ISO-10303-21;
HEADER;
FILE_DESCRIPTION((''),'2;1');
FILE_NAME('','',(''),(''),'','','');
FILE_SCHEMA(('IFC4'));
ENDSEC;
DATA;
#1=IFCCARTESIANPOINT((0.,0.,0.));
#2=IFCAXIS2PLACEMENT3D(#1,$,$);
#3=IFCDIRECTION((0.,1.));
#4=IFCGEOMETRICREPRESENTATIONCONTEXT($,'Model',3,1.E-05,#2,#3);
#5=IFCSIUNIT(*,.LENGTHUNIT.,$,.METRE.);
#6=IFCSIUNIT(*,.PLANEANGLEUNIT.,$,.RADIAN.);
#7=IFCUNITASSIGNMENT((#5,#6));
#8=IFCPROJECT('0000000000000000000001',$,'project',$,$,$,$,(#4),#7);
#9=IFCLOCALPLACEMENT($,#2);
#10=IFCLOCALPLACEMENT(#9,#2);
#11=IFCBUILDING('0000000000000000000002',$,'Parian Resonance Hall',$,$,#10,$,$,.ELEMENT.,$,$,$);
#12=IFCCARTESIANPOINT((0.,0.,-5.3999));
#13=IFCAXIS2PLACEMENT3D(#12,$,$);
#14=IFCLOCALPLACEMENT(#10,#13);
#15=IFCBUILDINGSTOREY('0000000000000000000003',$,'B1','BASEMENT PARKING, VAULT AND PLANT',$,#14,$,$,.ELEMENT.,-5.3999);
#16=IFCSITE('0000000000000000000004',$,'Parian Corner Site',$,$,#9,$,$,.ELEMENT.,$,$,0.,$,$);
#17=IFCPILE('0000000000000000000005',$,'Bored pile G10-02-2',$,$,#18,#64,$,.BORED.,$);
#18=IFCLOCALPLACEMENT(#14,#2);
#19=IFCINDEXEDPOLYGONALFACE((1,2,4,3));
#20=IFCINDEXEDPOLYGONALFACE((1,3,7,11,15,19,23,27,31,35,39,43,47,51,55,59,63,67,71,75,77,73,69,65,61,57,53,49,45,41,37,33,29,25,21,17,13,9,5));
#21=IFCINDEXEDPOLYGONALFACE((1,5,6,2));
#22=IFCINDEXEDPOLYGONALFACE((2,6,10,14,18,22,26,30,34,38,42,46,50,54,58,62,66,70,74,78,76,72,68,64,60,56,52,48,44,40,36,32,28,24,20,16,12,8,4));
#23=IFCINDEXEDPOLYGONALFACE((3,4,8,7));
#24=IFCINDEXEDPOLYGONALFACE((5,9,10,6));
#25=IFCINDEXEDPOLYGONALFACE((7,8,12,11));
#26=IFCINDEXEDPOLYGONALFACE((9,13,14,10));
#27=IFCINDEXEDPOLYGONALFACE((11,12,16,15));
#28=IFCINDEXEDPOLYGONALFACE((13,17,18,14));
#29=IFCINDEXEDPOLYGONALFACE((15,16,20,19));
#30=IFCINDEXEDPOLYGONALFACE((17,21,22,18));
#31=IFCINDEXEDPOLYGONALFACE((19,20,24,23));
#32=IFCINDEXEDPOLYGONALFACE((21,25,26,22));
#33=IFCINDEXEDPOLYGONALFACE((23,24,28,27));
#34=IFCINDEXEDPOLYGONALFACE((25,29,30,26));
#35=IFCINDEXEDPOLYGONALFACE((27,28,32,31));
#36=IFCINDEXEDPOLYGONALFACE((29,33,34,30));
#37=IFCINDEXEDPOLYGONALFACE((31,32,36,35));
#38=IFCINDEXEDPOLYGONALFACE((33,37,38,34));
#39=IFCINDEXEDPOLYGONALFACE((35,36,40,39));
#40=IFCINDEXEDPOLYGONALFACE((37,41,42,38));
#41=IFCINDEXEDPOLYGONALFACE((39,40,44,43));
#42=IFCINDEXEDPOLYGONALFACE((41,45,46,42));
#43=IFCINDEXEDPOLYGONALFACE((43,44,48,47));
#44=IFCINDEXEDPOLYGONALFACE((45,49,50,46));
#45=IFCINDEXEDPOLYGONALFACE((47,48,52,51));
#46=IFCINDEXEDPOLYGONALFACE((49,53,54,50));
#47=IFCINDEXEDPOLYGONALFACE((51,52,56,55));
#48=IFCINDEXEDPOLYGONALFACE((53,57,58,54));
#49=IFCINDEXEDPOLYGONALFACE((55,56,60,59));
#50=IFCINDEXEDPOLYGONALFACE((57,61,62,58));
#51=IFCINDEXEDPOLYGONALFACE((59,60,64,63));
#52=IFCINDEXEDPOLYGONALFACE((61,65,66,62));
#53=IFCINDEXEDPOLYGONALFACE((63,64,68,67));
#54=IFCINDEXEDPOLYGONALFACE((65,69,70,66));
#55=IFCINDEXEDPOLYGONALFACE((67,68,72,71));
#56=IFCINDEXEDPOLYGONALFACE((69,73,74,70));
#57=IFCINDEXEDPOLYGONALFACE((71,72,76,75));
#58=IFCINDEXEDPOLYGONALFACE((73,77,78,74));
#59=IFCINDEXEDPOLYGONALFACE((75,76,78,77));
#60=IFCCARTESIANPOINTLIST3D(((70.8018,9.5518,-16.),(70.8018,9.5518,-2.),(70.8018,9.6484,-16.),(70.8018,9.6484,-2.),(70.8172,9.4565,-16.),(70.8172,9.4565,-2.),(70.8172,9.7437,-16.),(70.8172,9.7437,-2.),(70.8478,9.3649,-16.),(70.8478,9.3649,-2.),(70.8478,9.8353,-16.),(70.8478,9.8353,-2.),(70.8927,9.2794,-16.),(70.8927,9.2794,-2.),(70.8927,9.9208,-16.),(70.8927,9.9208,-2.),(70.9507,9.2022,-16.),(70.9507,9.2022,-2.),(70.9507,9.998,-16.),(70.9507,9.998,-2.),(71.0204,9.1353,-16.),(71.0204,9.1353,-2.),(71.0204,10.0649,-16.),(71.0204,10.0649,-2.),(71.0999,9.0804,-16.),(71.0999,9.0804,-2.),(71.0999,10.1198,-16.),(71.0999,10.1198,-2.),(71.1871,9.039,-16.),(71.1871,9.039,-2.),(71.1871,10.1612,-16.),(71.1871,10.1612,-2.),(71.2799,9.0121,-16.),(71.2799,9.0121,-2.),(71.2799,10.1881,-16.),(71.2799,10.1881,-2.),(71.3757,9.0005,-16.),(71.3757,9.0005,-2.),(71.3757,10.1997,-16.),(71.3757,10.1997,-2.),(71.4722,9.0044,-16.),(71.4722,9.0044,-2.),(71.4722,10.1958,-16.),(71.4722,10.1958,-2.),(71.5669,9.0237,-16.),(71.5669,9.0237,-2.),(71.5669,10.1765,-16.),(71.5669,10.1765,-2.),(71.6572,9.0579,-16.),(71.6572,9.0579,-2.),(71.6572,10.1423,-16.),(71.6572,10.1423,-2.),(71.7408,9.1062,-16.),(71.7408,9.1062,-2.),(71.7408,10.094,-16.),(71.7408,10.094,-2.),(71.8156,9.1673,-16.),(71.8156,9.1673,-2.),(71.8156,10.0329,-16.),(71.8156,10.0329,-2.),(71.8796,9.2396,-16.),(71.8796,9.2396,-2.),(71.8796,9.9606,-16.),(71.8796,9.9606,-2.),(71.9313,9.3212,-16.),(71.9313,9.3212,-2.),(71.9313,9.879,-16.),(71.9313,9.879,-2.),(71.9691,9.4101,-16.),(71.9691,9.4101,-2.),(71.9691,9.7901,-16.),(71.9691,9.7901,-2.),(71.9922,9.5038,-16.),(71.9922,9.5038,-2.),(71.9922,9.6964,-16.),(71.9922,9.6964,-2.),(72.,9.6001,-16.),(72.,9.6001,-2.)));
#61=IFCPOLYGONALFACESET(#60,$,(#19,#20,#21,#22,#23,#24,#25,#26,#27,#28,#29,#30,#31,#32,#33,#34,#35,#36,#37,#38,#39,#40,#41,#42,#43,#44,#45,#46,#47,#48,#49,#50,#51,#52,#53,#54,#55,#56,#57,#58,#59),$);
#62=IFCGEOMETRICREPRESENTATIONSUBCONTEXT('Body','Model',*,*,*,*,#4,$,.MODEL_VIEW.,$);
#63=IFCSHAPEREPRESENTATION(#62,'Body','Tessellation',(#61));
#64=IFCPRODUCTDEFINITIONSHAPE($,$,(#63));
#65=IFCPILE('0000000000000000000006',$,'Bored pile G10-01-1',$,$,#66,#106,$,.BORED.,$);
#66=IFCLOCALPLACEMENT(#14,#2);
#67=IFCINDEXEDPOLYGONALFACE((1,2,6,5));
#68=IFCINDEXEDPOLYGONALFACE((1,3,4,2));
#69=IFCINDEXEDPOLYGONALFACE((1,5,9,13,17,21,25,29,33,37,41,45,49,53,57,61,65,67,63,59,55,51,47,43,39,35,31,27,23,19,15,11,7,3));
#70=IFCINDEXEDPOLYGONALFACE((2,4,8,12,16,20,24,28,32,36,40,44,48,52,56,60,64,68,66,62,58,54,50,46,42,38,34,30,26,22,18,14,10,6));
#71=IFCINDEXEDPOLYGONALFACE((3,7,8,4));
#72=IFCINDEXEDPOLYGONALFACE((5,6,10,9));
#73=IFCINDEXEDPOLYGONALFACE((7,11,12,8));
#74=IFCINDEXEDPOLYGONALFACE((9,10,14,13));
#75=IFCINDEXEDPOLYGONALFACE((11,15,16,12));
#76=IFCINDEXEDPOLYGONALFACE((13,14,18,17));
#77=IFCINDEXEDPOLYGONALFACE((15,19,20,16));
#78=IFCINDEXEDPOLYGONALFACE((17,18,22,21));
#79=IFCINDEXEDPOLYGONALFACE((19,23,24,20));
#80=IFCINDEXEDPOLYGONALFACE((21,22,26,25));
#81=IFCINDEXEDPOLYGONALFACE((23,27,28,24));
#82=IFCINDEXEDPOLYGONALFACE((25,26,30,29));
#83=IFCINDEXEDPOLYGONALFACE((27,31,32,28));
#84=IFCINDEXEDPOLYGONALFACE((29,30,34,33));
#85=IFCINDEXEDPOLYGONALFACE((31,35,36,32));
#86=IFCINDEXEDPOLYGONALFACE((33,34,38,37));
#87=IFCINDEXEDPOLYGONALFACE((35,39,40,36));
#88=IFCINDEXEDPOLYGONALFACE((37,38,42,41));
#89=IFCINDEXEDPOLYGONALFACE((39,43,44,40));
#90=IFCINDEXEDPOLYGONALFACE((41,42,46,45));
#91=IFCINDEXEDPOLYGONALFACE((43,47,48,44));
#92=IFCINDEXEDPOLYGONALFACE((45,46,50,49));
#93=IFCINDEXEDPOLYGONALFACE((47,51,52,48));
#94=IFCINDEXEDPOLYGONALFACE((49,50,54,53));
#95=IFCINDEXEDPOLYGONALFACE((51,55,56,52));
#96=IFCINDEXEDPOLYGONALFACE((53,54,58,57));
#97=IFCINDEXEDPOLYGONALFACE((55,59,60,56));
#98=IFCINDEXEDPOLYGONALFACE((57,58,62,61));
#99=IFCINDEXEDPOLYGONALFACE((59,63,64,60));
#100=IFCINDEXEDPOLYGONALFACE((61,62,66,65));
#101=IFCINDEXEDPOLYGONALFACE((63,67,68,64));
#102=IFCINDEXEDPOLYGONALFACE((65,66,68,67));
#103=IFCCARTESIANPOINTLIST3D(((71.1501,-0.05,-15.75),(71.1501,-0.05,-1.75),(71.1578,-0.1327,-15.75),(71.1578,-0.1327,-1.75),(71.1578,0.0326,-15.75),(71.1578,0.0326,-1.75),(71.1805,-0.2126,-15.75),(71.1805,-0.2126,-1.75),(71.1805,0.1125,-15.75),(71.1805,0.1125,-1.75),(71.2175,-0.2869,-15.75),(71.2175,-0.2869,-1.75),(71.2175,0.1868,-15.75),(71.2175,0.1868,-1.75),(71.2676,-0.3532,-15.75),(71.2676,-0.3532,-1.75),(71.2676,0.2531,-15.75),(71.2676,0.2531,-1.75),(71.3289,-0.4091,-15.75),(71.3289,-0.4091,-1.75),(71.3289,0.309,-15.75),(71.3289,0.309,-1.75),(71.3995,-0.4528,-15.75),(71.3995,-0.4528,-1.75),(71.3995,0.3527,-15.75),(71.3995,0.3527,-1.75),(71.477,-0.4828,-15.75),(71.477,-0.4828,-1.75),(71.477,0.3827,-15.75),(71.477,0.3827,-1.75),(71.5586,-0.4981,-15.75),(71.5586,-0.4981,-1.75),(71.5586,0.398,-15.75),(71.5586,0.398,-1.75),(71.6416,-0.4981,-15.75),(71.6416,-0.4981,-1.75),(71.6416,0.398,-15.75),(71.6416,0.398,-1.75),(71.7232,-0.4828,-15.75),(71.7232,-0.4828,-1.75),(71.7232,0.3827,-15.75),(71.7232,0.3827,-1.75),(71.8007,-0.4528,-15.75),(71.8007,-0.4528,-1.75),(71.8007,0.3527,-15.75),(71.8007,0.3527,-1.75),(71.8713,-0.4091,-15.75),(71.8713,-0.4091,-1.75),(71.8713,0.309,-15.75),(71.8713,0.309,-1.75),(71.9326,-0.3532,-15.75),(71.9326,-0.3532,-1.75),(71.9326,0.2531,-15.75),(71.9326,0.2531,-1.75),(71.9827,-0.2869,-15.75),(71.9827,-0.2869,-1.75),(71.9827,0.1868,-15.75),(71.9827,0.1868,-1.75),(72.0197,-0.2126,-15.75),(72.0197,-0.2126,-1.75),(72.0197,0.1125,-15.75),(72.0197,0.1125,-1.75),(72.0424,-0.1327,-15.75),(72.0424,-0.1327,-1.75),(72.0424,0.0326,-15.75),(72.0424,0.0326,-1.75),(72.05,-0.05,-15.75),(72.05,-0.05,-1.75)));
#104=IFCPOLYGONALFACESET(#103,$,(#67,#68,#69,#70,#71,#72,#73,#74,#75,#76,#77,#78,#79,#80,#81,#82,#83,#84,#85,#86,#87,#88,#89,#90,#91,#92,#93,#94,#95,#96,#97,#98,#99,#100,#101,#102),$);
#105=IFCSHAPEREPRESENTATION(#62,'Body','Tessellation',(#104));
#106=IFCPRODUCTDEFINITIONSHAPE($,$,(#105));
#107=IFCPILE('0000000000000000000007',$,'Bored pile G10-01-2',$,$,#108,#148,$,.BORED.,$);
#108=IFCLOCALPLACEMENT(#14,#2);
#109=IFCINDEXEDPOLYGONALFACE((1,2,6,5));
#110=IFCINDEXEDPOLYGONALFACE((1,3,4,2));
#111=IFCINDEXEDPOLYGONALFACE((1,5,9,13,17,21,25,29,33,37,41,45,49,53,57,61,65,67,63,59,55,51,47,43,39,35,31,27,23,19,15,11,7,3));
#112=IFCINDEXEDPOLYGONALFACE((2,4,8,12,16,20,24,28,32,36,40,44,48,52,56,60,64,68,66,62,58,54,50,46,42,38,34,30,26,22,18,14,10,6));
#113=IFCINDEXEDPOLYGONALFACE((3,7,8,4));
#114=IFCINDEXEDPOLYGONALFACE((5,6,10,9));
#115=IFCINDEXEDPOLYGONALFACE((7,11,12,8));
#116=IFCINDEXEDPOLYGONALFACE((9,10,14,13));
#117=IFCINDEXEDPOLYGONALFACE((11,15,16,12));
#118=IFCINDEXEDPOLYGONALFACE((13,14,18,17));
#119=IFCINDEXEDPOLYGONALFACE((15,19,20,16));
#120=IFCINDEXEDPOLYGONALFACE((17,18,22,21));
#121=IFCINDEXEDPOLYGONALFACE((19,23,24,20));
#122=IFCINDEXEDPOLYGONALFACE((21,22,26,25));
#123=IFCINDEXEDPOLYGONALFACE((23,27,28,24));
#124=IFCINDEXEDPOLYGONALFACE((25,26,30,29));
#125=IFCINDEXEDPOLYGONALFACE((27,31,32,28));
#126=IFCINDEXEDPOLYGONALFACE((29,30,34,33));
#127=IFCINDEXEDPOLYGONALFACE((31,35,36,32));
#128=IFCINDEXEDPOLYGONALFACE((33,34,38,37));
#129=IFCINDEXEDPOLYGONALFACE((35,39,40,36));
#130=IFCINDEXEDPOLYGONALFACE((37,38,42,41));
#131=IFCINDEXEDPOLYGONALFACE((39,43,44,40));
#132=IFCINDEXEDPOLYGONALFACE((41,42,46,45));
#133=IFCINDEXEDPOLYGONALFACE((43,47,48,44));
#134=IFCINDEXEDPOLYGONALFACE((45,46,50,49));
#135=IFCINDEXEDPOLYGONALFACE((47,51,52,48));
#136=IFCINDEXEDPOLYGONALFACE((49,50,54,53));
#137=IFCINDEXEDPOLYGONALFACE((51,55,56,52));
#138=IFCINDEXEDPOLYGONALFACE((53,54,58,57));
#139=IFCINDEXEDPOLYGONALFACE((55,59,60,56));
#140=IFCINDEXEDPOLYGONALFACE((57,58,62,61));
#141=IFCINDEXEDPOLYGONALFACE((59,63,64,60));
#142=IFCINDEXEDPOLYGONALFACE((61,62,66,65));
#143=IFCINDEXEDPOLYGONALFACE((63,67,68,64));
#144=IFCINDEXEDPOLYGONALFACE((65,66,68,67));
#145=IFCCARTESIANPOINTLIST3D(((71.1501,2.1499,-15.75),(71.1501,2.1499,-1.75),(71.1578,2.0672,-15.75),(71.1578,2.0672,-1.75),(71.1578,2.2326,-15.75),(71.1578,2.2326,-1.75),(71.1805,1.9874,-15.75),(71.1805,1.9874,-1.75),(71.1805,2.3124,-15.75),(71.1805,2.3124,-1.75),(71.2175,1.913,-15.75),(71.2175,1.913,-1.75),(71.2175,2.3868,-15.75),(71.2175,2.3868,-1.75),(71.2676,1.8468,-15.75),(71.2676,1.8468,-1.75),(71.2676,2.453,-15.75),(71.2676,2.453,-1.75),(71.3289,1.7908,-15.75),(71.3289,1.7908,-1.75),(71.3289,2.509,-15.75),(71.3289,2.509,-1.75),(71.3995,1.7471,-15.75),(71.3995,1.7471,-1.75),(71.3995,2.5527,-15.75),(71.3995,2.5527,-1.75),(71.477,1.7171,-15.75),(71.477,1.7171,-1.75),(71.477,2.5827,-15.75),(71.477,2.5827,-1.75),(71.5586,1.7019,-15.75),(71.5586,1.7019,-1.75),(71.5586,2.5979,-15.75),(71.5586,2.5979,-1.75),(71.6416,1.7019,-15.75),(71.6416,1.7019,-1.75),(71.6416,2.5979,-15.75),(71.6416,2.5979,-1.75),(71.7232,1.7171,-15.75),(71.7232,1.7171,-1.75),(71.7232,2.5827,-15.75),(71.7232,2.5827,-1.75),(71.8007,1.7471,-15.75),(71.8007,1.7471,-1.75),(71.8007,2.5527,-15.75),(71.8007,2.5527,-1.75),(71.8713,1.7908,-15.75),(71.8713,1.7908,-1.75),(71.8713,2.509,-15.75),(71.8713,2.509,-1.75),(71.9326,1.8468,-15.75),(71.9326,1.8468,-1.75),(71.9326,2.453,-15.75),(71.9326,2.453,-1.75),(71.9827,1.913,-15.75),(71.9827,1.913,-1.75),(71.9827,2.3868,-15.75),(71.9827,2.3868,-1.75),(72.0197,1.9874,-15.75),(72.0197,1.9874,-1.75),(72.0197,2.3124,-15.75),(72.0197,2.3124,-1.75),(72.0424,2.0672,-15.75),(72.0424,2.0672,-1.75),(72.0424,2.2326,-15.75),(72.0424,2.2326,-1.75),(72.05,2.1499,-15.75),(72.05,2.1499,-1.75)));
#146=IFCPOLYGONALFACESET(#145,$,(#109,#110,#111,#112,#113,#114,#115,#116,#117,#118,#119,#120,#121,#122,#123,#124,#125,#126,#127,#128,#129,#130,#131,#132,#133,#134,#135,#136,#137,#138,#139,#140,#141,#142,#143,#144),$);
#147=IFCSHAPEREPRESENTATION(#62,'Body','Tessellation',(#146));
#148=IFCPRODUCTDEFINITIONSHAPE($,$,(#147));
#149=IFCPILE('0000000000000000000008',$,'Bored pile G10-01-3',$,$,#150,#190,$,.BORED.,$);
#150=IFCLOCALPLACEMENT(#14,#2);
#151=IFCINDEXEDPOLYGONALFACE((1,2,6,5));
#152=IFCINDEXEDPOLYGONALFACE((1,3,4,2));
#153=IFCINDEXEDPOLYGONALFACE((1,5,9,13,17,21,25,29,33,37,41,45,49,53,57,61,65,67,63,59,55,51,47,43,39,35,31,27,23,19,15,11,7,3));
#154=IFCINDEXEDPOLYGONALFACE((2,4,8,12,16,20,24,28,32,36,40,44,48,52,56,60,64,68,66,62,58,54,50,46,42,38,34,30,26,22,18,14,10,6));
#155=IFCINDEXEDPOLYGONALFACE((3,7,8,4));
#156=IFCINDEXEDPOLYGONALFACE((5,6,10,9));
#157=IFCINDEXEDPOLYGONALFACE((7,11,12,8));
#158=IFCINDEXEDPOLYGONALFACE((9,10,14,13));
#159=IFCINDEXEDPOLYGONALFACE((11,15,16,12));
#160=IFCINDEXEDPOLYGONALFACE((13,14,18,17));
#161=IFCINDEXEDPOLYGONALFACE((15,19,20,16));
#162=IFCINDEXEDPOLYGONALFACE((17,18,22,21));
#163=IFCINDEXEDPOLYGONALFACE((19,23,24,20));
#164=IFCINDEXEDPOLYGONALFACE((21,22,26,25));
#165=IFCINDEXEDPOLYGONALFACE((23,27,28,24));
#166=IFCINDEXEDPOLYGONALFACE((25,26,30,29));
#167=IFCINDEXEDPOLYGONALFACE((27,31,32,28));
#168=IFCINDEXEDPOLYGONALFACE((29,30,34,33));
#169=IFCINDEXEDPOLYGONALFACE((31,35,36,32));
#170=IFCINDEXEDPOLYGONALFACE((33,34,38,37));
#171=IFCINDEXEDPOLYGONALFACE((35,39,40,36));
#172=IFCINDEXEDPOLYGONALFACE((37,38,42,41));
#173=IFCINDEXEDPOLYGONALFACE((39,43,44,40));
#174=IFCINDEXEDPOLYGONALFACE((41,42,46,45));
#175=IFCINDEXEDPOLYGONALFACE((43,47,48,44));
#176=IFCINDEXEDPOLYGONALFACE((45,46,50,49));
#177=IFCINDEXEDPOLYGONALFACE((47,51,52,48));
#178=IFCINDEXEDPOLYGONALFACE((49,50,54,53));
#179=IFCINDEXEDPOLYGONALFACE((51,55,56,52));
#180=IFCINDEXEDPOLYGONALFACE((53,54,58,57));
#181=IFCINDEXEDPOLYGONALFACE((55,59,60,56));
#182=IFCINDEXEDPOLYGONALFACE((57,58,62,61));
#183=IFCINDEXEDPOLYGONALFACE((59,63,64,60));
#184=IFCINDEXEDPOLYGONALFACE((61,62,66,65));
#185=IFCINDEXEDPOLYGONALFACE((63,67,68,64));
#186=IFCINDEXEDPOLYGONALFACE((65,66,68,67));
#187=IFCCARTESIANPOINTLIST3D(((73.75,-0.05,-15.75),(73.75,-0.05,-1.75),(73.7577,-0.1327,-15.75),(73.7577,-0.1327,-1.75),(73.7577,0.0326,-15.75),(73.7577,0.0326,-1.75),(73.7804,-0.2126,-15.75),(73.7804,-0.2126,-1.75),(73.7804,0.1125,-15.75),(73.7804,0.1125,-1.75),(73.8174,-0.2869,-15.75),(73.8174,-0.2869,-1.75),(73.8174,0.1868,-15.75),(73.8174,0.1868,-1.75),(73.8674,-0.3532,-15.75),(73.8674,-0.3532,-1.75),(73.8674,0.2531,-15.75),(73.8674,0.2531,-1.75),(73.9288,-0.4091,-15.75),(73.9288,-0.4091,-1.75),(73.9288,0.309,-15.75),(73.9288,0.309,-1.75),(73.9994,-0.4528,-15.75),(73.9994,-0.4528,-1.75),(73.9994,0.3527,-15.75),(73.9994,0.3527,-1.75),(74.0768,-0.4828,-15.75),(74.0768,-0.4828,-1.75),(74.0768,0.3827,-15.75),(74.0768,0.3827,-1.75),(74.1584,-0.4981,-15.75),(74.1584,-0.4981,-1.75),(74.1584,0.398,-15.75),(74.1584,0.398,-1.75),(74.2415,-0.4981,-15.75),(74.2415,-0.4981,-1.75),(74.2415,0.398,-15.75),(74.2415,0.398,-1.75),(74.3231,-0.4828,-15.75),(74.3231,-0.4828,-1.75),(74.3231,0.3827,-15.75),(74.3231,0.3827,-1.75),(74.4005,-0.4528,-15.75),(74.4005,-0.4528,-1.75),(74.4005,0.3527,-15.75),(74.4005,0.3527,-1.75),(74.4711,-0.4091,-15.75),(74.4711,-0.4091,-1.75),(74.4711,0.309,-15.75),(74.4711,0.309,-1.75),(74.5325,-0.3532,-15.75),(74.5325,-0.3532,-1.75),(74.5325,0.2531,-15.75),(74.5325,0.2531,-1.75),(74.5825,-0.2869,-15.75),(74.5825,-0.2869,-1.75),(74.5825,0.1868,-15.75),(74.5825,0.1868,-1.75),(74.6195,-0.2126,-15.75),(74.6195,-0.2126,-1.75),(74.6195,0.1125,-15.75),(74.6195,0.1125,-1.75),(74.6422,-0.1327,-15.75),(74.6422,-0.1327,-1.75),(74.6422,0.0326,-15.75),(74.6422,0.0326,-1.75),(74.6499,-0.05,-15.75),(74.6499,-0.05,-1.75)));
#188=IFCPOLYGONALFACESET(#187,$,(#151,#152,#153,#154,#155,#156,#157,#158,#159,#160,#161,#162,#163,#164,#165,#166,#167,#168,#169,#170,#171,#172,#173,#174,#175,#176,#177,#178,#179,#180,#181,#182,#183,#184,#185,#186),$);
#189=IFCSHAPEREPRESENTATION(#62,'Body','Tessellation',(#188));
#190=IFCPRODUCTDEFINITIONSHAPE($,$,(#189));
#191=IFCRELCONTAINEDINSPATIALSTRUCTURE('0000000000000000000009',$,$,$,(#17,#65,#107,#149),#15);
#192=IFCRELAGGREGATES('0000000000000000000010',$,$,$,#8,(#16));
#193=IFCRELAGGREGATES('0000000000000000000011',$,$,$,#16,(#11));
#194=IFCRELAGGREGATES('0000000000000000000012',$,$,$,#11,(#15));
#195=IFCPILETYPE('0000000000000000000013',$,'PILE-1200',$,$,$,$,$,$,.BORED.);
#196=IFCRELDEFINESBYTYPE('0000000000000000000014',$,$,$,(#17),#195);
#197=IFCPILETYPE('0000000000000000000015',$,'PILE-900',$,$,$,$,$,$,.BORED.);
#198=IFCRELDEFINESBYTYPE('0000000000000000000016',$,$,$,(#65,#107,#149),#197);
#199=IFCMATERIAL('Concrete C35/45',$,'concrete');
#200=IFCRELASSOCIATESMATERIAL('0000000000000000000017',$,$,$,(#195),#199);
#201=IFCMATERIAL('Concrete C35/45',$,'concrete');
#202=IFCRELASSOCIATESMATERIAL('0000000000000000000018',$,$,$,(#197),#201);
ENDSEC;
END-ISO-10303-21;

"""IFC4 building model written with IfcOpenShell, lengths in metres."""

from ifc_helpers import new_model, si_unit, direction, frame, origin, origin_2d, place, context, subcontext, project, spatial, circle, extrude, material, material_profile, profile_set, type_object, element, save


model = new_model("IFC4")

# Units and contexts
model_context = context("Model", 3, precision=1e-05, world=origin(), true_north=direction((0.0, 1.0)))
body_context = subcontext(model_context, "Body", "Model", "MODEL_VIEW")
ifc_project = project(units=[si_unit("LENGTHUNIT", "METRE"), si_unit("PLANEANGLEUNIT", "RADIAN")], contexts=[model_context])

# Site, building, storey
site_placement = place(None, origin())
site = spatial("IfcSite", under=ifc_project, at=site_placement, Name="Parian Corner Site", CompositionType="ELEMENT", RefElevation=0.0)
building_placement = place(site_placement, origin())
building = spatial("IfcBuilding", under=site, at=building_placement, Name="Parian Resonance Hall", CompositionType="ELEMENT")
storey_placement = place(building_placement, frame((0.0, 0.0, -5.3999)))
storey = spatial("IfcBuildingStorey", under=building, at=storey_placement, Name="B1", Description="BASEMENT PARKING, VAULT AND PLANT", CompositionType="ELEMENT", Elevation=-5.3999)

# Piles
ifc_material_1 = material(Name="Concrete C35/45", Category="concrete")
ifc_material_profile_1 = material_profile(ifc_material_1, circle(Radius=0.6001, at=origin_2d()), Name="PILE-D1200")
ifc_profile_set_1 = profile_set([ifc_material_profile_1], Name="Concrete C35/45")
pile_type_1 = type_object("IfcPileType", Name="PILE-1200", PredefinedType="BORED", material=ifc_profile_set_1)
for number, where, z_axis, x_axis, name in (
    (1, (71.3999, 9.6001, -2.0), (0.0, 0.0, -1.0), (1.0, 0.0, 0.0), "Bored pile G10-02-2"),
):
    element("IfcPile", number, at=place(storey_placement, frame(where, z_axis=z_axis, x_axis=x_axis)), inside=storey, type_object=pile_type_1, Name=name, PredefinedType="BORED", context=body_context, shape_type="SweptSolid", body=[
        extrude(circle(Radius=0.6001, at=origin_2d()), origin(), (0.0, 0.0, 1.0), 14.0),
    ])
ifc_material_2 = material(Name="Concrete C35/45", Category="concrete")
ifc_material_profile_2 = material_profile(ifc_material_2, circle(Radius=0.45, at=origin_2d()), Name="PILE-D900")
ifc_profile_set_2 = profile_set([ifc_material_profile_2], Name="Concrete C35/45")
pile_type_2 = type_object("IfcPileType", Name="PILE-900", PredefinedType="BORED", material=ifc_profile_set_2)
for number, where, z_axis, x_axis, name in (
    (2, (71.6001, -0.05, -1.75), (0.0, 0.0, -1.0), (1.0, 0.0, 0.0), "Bored pile G10-01-1"),
    (3, (71.6001, 2.1499, -1.75), (0.0, 0.0, -1.0), (1.0, 0.0, 0.0), "Bored pile G10-01-2"),
    (4, (74.2, -0.05, -1.75), (0.0, 0.0, -1.0), (1.0, 0.0, 0.0), "Bored pile G10-01-3"),
):
    element("IfcPile", number, at=place(storey_placement, frame(where, z_axis=z_axis, x_axis=x_axis)), inside=storey, type_object=pile_type_2, Name=name, PredefinedType="BORED", context=body_context, shape_type="SweptSolid", body=[
        extrude(circle(Radius=0.45, at=origin_2d()), origin(), (0.0, 0.0, 1.0), 14.0),
    ])

save(model, "model.ifc")
